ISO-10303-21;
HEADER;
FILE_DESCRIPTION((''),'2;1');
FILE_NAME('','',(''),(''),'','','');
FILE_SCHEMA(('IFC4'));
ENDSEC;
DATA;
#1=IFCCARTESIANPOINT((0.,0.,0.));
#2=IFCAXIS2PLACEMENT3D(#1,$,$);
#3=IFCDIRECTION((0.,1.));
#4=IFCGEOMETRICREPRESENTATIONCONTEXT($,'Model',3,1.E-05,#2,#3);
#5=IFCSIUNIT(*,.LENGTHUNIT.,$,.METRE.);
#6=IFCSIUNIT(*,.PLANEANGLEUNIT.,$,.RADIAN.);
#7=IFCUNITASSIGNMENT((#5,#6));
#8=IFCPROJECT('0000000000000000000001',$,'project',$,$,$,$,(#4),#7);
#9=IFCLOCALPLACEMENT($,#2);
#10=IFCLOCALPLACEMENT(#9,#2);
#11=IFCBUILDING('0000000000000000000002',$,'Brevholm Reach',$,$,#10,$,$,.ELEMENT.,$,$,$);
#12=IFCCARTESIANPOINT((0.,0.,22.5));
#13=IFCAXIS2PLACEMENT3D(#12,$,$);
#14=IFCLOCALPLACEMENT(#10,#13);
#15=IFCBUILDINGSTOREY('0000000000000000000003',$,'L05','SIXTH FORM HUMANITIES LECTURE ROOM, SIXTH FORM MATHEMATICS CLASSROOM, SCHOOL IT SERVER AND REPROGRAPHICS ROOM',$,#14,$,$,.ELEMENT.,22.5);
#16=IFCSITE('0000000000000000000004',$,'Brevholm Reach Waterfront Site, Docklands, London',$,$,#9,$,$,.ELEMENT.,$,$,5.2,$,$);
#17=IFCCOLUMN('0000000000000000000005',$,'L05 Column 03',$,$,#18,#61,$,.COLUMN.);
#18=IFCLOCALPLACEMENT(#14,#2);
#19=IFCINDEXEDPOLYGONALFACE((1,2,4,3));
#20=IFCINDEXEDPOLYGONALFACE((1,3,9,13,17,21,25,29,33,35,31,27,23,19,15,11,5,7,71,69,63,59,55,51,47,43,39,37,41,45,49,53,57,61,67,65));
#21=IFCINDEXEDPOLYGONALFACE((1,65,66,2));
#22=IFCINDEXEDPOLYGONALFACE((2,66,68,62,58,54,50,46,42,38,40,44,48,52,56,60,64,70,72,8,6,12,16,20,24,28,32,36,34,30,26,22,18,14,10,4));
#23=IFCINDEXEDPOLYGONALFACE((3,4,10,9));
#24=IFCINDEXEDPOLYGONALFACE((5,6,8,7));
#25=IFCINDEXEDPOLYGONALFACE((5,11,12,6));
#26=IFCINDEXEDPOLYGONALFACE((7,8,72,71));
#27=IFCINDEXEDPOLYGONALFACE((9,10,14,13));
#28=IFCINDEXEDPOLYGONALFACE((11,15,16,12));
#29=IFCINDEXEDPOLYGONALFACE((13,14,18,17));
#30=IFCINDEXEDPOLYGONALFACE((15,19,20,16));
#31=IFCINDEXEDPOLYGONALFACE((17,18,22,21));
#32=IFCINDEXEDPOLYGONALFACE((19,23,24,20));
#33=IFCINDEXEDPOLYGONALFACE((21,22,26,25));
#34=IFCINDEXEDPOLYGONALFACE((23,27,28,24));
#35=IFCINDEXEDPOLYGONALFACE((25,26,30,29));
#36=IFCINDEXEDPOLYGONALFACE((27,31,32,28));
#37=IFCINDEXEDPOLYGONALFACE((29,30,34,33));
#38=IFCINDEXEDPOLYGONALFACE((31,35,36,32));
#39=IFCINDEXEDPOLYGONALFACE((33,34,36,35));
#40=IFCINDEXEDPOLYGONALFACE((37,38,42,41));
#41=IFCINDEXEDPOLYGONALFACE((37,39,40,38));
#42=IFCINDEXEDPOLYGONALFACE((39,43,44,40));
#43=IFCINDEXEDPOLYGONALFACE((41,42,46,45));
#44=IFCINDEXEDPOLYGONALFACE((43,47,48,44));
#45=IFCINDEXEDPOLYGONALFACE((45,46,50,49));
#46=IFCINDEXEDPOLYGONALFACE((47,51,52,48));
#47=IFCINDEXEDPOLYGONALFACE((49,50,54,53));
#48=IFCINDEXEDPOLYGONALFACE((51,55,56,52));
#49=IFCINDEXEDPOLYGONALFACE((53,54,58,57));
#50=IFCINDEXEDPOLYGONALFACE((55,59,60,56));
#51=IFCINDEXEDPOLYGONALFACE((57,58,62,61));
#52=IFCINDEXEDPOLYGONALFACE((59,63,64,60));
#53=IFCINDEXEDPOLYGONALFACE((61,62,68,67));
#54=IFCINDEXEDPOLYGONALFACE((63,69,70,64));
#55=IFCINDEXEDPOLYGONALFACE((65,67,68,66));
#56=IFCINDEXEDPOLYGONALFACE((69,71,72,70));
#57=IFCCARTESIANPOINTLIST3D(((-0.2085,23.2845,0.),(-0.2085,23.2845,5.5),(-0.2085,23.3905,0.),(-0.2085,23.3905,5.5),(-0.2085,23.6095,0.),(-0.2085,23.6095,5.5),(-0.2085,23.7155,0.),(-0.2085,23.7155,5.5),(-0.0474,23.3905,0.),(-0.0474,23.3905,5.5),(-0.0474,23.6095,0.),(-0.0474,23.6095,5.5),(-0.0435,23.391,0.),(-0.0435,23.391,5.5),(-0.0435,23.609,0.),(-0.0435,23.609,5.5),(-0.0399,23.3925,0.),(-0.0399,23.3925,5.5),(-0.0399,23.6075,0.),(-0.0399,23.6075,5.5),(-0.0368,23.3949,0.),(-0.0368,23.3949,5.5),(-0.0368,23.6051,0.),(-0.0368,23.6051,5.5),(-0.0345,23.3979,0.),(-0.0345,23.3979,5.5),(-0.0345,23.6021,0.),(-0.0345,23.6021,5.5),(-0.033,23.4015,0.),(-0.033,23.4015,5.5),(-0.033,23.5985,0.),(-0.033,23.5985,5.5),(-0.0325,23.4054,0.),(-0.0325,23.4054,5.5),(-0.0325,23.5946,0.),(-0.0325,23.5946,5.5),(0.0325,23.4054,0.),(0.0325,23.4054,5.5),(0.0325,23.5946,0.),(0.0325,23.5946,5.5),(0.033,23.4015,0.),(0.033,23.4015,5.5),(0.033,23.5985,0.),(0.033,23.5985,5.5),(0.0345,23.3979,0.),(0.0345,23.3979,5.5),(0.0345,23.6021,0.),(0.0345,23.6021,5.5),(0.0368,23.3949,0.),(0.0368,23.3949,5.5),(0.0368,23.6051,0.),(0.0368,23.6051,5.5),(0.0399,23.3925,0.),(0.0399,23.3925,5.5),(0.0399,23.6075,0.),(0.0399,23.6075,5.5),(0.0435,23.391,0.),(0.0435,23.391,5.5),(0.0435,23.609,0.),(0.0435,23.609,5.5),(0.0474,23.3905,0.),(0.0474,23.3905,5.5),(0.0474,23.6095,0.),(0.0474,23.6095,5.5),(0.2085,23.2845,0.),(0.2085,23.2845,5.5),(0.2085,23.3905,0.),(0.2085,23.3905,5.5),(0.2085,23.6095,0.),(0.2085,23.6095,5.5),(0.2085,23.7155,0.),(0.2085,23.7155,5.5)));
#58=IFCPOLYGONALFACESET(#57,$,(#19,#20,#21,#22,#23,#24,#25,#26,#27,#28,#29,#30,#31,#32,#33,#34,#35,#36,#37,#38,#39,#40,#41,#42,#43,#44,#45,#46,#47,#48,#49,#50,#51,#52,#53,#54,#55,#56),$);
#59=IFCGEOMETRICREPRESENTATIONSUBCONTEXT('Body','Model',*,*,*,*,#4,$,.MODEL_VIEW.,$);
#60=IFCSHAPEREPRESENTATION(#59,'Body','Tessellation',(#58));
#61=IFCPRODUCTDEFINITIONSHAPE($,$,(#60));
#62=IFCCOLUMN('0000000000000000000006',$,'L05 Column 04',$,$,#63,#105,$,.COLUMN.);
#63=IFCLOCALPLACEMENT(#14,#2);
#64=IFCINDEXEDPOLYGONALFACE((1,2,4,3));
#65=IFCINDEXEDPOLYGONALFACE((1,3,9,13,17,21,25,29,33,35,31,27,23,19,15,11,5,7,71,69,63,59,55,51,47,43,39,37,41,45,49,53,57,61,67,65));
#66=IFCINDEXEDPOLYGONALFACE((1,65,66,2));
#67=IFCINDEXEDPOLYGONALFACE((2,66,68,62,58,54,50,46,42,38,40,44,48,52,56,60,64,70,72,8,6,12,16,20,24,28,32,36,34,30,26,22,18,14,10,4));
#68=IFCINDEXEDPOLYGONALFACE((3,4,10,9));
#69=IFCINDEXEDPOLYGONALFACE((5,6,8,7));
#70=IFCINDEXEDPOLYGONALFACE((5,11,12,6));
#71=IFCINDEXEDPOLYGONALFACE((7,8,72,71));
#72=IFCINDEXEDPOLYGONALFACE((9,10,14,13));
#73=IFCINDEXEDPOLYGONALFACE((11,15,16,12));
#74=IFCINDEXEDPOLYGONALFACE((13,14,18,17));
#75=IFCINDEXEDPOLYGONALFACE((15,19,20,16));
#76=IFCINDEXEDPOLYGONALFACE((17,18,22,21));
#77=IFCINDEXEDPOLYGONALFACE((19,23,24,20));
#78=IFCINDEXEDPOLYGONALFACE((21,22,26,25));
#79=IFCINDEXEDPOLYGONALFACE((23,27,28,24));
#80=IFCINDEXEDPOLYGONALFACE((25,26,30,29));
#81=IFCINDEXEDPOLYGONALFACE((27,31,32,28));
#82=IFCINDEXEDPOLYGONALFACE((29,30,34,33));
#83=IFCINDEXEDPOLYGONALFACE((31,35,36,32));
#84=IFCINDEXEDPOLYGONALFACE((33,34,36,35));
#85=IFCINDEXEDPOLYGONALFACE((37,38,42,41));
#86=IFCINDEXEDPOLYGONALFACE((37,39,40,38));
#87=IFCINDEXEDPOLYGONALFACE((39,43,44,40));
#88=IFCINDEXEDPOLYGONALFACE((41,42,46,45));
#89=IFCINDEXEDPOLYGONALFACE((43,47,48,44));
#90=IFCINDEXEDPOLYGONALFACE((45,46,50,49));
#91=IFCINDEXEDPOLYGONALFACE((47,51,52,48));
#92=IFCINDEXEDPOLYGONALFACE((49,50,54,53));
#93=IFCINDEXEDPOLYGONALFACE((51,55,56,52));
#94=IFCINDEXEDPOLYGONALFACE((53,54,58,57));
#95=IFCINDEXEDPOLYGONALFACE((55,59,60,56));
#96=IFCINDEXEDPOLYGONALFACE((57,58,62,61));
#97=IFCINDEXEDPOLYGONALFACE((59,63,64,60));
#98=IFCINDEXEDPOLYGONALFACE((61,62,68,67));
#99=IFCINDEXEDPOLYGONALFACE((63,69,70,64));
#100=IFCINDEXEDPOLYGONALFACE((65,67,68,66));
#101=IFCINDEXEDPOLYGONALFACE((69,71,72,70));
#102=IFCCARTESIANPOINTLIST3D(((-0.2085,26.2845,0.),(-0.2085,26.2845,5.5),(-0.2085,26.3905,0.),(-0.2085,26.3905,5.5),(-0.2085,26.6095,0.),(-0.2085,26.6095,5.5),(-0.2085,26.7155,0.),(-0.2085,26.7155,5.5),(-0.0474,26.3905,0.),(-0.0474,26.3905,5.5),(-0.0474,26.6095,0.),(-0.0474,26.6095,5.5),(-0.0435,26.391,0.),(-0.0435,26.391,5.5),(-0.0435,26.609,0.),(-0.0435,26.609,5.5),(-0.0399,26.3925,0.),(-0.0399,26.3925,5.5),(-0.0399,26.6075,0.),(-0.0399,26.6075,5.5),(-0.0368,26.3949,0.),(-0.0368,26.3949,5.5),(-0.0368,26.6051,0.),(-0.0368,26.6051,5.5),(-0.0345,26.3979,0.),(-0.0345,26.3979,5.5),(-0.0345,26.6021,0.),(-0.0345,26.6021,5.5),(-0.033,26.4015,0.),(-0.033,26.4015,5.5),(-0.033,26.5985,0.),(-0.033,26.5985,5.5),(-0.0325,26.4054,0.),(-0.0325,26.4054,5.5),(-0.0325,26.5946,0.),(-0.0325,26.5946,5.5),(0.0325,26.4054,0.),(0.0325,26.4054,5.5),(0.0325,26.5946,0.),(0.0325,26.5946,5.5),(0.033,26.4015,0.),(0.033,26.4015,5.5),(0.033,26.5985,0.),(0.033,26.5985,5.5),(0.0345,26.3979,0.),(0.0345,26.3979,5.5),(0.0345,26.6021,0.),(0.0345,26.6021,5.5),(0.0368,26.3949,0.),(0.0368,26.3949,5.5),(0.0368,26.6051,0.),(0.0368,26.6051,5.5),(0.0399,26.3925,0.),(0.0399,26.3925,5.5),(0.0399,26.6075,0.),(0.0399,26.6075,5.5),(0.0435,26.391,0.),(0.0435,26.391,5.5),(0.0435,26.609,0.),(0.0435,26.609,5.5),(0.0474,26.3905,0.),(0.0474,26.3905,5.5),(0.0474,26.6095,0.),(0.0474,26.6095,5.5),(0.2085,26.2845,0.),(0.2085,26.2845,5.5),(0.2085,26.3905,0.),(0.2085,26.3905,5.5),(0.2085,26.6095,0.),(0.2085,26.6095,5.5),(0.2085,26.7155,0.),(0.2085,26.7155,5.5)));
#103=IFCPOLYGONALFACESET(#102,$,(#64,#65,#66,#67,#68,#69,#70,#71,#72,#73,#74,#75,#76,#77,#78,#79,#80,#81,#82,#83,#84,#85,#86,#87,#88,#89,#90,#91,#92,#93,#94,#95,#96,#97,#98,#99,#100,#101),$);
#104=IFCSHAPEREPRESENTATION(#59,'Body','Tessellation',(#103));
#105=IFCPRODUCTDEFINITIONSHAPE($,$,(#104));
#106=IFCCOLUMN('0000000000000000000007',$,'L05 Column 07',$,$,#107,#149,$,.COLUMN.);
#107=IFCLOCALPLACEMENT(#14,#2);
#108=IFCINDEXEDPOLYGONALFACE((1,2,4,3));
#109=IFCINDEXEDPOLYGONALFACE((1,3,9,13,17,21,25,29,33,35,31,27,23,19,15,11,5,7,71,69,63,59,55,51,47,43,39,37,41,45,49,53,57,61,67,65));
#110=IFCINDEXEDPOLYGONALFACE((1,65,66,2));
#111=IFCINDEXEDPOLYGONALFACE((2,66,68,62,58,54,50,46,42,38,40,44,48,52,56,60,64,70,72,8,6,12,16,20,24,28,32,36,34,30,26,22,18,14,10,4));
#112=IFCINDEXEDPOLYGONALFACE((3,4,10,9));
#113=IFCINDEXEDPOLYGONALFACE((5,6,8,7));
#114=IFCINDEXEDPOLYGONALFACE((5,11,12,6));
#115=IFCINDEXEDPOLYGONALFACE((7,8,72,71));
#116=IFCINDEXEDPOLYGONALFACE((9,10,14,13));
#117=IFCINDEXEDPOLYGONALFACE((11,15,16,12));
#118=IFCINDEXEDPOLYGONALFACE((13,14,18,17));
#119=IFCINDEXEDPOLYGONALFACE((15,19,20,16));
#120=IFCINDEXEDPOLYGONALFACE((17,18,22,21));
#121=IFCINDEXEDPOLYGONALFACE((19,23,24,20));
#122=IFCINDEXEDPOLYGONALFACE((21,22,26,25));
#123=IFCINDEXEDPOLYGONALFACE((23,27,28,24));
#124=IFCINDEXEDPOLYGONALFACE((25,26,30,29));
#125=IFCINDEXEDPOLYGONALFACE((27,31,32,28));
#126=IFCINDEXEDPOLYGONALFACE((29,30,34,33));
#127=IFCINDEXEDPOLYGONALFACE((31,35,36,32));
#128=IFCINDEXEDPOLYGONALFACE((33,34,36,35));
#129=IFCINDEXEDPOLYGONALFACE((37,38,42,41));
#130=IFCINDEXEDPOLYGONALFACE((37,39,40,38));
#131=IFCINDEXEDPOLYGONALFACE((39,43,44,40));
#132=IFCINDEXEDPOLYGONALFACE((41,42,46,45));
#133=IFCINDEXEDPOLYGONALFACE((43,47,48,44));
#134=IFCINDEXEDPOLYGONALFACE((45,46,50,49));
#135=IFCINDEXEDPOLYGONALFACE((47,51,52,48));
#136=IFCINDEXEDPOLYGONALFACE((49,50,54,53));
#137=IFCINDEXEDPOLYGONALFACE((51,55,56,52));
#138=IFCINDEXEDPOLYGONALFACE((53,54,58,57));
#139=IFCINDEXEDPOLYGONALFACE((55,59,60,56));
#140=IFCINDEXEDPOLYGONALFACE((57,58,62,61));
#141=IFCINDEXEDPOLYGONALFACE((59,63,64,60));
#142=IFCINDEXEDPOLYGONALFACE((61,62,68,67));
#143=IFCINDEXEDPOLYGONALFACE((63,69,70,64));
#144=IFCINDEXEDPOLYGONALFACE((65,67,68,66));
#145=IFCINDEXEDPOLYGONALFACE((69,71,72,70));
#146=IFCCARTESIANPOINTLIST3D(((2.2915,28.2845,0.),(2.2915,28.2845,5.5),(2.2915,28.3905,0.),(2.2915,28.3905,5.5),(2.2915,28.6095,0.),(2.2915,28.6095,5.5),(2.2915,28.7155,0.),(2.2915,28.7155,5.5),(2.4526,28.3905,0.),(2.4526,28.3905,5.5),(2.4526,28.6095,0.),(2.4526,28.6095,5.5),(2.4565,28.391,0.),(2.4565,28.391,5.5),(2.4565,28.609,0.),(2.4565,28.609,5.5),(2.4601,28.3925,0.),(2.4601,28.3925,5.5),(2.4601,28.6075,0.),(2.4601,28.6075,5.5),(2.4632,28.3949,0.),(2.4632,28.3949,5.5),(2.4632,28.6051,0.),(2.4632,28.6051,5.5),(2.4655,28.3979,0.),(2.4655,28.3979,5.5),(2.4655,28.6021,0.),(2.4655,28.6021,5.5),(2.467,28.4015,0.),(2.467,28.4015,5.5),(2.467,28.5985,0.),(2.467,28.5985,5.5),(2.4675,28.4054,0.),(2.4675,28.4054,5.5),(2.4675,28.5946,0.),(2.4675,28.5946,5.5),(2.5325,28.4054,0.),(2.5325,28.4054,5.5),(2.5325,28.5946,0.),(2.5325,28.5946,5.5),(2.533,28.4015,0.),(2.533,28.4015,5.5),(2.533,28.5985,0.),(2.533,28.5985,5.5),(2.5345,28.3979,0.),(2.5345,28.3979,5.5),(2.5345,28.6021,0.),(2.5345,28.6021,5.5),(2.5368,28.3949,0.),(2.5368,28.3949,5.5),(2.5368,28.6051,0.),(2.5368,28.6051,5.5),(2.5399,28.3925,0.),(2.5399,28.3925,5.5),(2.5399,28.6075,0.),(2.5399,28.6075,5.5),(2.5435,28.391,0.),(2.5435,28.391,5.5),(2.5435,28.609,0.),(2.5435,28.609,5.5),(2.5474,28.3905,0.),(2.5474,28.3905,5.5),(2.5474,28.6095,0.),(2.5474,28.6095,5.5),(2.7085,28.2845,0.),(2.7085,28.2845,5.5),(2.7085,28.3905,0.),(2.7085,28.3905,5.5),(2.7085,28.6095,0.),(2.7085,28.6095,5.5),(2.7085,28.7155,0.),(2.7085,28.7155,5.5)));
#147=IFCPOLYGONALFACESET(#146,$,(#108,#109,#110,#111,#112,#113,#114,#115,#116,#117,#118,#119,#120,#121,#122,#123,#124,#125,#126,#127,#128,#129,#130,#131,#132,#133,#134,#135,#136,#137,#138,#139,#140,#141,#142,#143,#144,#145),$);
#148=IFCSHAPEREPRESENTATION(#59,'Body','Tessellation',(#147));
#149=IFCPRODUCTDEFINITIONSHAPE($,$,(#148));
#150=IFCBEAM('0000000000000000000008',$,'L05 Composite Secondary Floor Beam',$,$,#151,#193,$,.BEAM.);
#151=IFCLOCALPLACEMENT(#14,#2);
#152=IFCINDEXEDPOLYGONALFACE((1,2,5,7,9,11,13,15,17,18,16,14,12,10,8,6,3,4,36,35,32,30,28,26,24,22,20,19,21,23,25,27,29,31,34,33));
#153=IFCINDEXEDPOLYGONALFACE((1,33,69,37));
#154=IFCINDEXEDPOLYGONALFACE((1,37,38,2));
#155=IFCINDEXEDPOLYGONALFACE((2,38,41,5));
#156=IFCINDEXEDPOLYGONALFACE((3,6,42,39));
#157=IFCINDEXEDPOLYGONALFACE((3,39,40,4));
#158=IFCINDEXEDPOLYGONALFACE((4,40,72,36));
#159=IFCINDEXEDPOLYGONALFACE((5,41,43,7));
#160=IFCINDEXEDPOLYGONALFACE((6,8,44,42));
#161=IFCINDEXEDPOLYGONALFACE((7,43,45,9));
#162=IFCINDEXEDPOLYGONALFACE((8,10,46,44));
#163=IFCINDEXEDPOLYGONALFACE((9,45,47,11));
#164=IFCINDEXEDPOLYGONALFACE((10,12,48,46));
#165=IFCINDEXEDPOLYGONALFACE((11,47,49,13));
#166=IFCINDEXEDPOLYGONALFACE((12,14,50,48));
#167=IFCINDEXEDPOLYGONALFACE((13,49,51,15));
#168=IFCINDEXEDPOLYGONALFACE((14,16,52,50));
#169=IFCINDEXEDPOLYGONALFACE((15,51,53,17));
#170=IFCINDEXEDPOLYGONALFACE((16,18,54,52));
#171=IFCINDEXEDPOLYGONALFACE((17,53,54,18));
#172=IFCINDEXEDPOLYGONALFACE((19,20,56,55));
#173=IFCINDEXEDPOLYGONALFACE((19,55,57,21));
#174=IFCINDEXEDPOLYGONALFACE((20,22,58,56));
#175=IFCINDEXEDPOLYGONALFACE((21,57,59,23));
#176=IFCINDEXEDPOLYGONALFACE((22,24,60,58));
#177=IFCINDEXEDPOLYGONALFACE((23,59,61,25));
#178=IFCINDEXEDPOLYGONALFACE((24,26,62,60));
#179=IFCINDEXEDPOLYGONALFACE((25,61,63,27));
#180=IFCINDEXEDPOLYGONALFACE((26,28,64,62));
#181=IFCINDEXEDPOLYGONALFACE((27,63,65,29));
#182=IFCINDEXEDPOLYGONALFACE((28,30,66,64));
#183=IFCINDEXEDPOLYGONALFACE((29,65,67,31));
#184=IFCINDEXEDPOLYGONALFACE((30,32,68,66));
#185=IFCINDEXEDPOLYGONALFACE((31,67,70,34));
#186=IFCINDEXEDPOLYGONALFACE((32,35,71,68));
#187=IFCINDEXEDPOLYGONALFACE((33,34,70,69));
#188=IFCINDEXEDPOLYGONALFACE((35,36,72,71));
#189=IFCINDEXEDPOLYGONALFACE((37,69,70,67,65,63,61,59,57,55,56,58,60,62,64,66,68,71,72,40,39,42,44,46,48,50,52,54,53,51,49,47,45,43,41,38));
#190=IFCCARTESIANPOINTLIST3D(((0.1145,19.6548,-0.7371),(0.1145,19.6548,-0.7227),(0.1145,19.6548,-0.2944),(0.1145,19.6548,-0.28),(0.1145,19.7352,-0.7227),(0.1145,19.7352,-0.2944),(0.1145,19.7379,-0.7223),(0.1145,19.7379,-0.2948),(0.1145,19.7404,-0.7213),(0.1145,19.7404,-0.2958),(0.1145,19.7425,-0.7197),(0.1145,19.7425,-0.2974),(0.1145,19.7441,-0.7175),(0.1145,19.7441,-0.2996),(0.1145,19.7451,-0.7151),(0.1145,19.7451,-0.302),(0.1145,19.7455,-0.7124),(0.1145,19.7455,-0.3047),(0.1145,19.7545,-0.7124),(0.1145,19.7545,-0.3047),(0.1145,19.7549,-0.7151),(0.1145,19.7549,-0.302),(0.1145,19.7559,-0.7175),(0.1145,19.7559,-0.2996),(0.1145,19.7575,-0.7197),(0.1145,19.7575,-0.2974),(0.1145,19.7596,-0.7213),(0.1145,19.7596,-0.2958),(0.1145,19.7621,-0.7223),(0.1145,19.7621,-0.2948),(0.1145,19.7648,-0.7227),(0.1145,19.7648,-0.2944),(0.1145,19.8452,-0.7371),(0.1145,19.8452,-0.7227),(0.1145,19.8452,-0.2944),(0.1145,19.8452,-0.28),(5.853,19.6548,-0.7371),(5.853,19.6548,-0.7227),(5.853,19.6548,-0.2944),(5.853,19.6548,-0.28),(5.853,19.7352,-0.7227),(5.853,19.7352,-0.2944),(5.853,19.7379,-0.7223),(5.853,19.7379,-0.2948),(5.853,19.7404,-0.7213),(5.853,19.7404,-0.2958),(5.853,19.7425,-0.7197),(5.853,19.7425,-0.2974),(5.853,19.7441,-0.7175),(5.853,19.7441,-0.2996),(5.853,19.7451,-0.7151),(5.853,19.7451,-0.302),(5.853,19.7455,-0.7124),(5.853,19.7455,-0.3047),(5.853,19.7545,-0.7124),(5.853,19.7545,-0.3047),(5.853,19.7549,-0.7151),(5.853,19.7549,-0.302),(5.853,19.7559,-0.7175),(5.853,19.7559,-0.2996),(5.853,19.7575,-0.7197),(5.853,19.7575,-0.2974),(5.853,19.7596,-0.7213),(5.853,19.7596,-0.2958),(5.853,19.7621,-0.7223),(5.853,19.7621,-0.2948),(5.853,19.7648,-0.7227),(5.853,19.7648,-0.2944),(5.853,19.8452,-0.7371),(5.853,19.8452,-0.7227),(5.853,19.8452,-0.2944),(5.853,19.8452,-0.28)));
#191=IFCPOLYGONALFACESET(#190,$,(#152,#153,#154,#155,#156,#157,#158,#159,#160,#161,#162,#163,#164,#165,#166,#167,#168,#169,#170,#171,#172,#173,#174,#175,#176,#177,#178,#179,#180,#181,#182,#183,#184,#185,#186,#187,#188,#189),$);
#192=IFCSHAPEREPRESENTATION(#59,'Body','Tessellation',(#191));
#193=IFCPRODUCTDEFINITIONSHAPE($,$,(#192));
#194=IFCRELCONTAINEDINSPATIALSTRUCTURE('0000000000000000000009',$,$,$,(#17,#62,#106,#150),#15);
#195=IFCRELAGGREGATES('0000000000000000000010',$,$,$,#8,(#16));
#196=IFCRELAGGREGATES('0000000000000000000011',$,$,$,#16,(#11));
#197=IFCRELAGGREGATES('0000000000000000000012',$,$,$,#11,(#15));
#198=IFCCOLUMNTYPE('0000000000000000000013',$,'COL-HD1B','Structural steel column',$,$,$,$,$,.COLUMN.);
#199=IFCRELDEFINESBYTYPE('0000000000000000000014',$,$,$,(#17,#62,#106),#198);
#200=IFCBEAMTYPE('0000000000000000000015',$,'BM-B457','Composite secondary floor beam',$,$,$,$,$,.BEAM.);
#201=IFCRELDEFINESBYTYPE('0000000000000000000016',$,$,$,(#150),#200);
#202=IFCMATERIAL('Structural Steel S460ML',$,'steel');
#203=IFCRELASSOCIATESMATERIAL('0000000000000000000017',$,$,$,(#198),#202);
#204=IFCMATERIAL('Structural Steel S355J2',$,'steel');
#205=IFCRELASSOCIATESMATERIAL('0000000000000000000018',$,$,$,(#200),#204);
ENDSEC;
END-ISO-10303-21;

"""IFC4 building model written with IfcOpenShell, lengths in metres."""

from ifc_helpers import new_model, si_unit, direction, frame, origin, origin_2d, place, context, subcontext, project, spatial, i_section, extrude, material, material_profile, profile_set, type_object, element, save


model = new_model("IFC4")

# Units and contexts
model_context = context("Model", 3, precision=1e-05, world=origin(), true_north=direction((0.0, 1.0)))
body_context = subcontext(model_context, "Body", "Model", "MODEL_VIEW")
ifc_project = project(units=[si_unit("LENGTHUNIT", "METRE"), si_unit("PLANEANGLEUNIT", "RADIAN")], contexts=[model_context])

# Site, building, storey
site_placement = place(None, origin())
site = spatial("IfcSite", under=ifc_project, at=site_placement, Name="Brevholm Reach Waterfront Site, Docklands, London", CompositionType="ELEMENT", RefElevation=5.2)
building_placement = place(site_placement, origin())
building = spatial("IfcBuilding", under=site, at=building_placement, Name="Brevholm Reach", CompositionType="ELEMENT")
storey_placement = place(building_placement, frame((0.0, 0.0, 22.5)))
storey = spatial("IfcBuildingStorey", under=building, at=storey_placement, Name="L05", Description="SIXTH FORM HUMANITIES LECTURE ROOM, SIXTH FORM MATHEMATICS CLASSROOM, SCHOOL IT SERVER AND REPROGRAPHICS ROOM", CompositionType="ELEMENT", Elevation=22.5)

# Columns
ifc_material_1 = material(Name="Structural Steel S460ML", Category="steel")
ifc_material_profile_1 = material_profile(ifc_material_1, i_section(OverallWidth=0.417, OverallDepth=0.4309, WebThickness=0.0649, FlangeThickness=0.106, FilletRadius=0.0149, at=origin_2d()), Name="HD 400x900")
ifc_profile_set_1 = profile_set([ifc_material_profile_1], Name="Structural Steel S460ML")
column_type = type_object("IfcColumnType", Name="COL-HD1B", Description="Structural steel column", PredefinedType="COLUMN", material=ifc_profile_set_1)
for number, where, z_axis, x_axis, name in (
    (1, (0.0, 23.5, 0.0), (0.0, 0.0, 1.0), (1.0, 0.0, 0.0), "L05 Column 03"),
    (2, (0.0, 26.5, 0.0), (0.0, 0.0, 1.0), (1.0, 0.0, 0.0), "L05 Column 04"),
    (3, (2.5, 28.5, 0.0), (0.0, 0.0, 1.0), (1.0, 0.0, 0.0), "L05 Column 07"),
):
    element("IfcColumn", number, at=place(storey_placement, frame(where, z_axis=z_axis, x_axis=x_axis)), inside=storey, type_object=column_type, Name=name, PredefinedType="COLUMN", context=body_context, shape_type="SweptSolid", body=[
        extrude(i_section(OverallWidth=0.417, OverallDepth=0.4309, WebThickness=0.0649, FlangeThickness=0.106, FilletRadius=0.0149, at=origin_2d()), origin(), (0.0, 0.0, 1.0), 5.5),
    ])

# Beam
ifc_material_2 = material(Name="Structural Steel S355J2", Category="steel")
ifc_material_profile_2 = material_profile(ifc_material_2, i_section(OverallWidth=0.1904, OverallDepth=0.457, WebThickness=0.009, FlangeThickness=0.0144, FilletRadius=0.0103, at=origin_2d()), Name="UKB 457x191x74")
ifc_profile_set_2 = profile_set([ifc_material_profile_2], Name="Structural Steel S355J2")
beam_type_1 = type_object("IfcBeamType", Name="BM-B457", Description="Composite secondary floor beam", PredefinedType="BEAM", material=ifc_profile_set_2)
beam_1_placement = place(storey_placement, frame((0.1145, 19.75, -0.5085), z_axis=(1.0, 0.0, 0.0), x_axis=(0.0, 1.0, 0.0)))
element("IfcBeam", 4, at=beam_1_placement, inside=storey, type_object=beam_type_1, Name="L05 Composite Secondary Floor Beam", PredefinedType="BEAM", context=body_context, shape_type="SweptSolid", body=[
    extrude(i_section(OverallWidth=0.1904, OverallDepth=0.457, WebThickness=0.009, FlangeThickness=0.0144, FilletRadius=0.0103, at=origin_2d()), origin(), (0.0, 0.0, 1.0), 5.7385),
])

save(model, "model.ifc")
